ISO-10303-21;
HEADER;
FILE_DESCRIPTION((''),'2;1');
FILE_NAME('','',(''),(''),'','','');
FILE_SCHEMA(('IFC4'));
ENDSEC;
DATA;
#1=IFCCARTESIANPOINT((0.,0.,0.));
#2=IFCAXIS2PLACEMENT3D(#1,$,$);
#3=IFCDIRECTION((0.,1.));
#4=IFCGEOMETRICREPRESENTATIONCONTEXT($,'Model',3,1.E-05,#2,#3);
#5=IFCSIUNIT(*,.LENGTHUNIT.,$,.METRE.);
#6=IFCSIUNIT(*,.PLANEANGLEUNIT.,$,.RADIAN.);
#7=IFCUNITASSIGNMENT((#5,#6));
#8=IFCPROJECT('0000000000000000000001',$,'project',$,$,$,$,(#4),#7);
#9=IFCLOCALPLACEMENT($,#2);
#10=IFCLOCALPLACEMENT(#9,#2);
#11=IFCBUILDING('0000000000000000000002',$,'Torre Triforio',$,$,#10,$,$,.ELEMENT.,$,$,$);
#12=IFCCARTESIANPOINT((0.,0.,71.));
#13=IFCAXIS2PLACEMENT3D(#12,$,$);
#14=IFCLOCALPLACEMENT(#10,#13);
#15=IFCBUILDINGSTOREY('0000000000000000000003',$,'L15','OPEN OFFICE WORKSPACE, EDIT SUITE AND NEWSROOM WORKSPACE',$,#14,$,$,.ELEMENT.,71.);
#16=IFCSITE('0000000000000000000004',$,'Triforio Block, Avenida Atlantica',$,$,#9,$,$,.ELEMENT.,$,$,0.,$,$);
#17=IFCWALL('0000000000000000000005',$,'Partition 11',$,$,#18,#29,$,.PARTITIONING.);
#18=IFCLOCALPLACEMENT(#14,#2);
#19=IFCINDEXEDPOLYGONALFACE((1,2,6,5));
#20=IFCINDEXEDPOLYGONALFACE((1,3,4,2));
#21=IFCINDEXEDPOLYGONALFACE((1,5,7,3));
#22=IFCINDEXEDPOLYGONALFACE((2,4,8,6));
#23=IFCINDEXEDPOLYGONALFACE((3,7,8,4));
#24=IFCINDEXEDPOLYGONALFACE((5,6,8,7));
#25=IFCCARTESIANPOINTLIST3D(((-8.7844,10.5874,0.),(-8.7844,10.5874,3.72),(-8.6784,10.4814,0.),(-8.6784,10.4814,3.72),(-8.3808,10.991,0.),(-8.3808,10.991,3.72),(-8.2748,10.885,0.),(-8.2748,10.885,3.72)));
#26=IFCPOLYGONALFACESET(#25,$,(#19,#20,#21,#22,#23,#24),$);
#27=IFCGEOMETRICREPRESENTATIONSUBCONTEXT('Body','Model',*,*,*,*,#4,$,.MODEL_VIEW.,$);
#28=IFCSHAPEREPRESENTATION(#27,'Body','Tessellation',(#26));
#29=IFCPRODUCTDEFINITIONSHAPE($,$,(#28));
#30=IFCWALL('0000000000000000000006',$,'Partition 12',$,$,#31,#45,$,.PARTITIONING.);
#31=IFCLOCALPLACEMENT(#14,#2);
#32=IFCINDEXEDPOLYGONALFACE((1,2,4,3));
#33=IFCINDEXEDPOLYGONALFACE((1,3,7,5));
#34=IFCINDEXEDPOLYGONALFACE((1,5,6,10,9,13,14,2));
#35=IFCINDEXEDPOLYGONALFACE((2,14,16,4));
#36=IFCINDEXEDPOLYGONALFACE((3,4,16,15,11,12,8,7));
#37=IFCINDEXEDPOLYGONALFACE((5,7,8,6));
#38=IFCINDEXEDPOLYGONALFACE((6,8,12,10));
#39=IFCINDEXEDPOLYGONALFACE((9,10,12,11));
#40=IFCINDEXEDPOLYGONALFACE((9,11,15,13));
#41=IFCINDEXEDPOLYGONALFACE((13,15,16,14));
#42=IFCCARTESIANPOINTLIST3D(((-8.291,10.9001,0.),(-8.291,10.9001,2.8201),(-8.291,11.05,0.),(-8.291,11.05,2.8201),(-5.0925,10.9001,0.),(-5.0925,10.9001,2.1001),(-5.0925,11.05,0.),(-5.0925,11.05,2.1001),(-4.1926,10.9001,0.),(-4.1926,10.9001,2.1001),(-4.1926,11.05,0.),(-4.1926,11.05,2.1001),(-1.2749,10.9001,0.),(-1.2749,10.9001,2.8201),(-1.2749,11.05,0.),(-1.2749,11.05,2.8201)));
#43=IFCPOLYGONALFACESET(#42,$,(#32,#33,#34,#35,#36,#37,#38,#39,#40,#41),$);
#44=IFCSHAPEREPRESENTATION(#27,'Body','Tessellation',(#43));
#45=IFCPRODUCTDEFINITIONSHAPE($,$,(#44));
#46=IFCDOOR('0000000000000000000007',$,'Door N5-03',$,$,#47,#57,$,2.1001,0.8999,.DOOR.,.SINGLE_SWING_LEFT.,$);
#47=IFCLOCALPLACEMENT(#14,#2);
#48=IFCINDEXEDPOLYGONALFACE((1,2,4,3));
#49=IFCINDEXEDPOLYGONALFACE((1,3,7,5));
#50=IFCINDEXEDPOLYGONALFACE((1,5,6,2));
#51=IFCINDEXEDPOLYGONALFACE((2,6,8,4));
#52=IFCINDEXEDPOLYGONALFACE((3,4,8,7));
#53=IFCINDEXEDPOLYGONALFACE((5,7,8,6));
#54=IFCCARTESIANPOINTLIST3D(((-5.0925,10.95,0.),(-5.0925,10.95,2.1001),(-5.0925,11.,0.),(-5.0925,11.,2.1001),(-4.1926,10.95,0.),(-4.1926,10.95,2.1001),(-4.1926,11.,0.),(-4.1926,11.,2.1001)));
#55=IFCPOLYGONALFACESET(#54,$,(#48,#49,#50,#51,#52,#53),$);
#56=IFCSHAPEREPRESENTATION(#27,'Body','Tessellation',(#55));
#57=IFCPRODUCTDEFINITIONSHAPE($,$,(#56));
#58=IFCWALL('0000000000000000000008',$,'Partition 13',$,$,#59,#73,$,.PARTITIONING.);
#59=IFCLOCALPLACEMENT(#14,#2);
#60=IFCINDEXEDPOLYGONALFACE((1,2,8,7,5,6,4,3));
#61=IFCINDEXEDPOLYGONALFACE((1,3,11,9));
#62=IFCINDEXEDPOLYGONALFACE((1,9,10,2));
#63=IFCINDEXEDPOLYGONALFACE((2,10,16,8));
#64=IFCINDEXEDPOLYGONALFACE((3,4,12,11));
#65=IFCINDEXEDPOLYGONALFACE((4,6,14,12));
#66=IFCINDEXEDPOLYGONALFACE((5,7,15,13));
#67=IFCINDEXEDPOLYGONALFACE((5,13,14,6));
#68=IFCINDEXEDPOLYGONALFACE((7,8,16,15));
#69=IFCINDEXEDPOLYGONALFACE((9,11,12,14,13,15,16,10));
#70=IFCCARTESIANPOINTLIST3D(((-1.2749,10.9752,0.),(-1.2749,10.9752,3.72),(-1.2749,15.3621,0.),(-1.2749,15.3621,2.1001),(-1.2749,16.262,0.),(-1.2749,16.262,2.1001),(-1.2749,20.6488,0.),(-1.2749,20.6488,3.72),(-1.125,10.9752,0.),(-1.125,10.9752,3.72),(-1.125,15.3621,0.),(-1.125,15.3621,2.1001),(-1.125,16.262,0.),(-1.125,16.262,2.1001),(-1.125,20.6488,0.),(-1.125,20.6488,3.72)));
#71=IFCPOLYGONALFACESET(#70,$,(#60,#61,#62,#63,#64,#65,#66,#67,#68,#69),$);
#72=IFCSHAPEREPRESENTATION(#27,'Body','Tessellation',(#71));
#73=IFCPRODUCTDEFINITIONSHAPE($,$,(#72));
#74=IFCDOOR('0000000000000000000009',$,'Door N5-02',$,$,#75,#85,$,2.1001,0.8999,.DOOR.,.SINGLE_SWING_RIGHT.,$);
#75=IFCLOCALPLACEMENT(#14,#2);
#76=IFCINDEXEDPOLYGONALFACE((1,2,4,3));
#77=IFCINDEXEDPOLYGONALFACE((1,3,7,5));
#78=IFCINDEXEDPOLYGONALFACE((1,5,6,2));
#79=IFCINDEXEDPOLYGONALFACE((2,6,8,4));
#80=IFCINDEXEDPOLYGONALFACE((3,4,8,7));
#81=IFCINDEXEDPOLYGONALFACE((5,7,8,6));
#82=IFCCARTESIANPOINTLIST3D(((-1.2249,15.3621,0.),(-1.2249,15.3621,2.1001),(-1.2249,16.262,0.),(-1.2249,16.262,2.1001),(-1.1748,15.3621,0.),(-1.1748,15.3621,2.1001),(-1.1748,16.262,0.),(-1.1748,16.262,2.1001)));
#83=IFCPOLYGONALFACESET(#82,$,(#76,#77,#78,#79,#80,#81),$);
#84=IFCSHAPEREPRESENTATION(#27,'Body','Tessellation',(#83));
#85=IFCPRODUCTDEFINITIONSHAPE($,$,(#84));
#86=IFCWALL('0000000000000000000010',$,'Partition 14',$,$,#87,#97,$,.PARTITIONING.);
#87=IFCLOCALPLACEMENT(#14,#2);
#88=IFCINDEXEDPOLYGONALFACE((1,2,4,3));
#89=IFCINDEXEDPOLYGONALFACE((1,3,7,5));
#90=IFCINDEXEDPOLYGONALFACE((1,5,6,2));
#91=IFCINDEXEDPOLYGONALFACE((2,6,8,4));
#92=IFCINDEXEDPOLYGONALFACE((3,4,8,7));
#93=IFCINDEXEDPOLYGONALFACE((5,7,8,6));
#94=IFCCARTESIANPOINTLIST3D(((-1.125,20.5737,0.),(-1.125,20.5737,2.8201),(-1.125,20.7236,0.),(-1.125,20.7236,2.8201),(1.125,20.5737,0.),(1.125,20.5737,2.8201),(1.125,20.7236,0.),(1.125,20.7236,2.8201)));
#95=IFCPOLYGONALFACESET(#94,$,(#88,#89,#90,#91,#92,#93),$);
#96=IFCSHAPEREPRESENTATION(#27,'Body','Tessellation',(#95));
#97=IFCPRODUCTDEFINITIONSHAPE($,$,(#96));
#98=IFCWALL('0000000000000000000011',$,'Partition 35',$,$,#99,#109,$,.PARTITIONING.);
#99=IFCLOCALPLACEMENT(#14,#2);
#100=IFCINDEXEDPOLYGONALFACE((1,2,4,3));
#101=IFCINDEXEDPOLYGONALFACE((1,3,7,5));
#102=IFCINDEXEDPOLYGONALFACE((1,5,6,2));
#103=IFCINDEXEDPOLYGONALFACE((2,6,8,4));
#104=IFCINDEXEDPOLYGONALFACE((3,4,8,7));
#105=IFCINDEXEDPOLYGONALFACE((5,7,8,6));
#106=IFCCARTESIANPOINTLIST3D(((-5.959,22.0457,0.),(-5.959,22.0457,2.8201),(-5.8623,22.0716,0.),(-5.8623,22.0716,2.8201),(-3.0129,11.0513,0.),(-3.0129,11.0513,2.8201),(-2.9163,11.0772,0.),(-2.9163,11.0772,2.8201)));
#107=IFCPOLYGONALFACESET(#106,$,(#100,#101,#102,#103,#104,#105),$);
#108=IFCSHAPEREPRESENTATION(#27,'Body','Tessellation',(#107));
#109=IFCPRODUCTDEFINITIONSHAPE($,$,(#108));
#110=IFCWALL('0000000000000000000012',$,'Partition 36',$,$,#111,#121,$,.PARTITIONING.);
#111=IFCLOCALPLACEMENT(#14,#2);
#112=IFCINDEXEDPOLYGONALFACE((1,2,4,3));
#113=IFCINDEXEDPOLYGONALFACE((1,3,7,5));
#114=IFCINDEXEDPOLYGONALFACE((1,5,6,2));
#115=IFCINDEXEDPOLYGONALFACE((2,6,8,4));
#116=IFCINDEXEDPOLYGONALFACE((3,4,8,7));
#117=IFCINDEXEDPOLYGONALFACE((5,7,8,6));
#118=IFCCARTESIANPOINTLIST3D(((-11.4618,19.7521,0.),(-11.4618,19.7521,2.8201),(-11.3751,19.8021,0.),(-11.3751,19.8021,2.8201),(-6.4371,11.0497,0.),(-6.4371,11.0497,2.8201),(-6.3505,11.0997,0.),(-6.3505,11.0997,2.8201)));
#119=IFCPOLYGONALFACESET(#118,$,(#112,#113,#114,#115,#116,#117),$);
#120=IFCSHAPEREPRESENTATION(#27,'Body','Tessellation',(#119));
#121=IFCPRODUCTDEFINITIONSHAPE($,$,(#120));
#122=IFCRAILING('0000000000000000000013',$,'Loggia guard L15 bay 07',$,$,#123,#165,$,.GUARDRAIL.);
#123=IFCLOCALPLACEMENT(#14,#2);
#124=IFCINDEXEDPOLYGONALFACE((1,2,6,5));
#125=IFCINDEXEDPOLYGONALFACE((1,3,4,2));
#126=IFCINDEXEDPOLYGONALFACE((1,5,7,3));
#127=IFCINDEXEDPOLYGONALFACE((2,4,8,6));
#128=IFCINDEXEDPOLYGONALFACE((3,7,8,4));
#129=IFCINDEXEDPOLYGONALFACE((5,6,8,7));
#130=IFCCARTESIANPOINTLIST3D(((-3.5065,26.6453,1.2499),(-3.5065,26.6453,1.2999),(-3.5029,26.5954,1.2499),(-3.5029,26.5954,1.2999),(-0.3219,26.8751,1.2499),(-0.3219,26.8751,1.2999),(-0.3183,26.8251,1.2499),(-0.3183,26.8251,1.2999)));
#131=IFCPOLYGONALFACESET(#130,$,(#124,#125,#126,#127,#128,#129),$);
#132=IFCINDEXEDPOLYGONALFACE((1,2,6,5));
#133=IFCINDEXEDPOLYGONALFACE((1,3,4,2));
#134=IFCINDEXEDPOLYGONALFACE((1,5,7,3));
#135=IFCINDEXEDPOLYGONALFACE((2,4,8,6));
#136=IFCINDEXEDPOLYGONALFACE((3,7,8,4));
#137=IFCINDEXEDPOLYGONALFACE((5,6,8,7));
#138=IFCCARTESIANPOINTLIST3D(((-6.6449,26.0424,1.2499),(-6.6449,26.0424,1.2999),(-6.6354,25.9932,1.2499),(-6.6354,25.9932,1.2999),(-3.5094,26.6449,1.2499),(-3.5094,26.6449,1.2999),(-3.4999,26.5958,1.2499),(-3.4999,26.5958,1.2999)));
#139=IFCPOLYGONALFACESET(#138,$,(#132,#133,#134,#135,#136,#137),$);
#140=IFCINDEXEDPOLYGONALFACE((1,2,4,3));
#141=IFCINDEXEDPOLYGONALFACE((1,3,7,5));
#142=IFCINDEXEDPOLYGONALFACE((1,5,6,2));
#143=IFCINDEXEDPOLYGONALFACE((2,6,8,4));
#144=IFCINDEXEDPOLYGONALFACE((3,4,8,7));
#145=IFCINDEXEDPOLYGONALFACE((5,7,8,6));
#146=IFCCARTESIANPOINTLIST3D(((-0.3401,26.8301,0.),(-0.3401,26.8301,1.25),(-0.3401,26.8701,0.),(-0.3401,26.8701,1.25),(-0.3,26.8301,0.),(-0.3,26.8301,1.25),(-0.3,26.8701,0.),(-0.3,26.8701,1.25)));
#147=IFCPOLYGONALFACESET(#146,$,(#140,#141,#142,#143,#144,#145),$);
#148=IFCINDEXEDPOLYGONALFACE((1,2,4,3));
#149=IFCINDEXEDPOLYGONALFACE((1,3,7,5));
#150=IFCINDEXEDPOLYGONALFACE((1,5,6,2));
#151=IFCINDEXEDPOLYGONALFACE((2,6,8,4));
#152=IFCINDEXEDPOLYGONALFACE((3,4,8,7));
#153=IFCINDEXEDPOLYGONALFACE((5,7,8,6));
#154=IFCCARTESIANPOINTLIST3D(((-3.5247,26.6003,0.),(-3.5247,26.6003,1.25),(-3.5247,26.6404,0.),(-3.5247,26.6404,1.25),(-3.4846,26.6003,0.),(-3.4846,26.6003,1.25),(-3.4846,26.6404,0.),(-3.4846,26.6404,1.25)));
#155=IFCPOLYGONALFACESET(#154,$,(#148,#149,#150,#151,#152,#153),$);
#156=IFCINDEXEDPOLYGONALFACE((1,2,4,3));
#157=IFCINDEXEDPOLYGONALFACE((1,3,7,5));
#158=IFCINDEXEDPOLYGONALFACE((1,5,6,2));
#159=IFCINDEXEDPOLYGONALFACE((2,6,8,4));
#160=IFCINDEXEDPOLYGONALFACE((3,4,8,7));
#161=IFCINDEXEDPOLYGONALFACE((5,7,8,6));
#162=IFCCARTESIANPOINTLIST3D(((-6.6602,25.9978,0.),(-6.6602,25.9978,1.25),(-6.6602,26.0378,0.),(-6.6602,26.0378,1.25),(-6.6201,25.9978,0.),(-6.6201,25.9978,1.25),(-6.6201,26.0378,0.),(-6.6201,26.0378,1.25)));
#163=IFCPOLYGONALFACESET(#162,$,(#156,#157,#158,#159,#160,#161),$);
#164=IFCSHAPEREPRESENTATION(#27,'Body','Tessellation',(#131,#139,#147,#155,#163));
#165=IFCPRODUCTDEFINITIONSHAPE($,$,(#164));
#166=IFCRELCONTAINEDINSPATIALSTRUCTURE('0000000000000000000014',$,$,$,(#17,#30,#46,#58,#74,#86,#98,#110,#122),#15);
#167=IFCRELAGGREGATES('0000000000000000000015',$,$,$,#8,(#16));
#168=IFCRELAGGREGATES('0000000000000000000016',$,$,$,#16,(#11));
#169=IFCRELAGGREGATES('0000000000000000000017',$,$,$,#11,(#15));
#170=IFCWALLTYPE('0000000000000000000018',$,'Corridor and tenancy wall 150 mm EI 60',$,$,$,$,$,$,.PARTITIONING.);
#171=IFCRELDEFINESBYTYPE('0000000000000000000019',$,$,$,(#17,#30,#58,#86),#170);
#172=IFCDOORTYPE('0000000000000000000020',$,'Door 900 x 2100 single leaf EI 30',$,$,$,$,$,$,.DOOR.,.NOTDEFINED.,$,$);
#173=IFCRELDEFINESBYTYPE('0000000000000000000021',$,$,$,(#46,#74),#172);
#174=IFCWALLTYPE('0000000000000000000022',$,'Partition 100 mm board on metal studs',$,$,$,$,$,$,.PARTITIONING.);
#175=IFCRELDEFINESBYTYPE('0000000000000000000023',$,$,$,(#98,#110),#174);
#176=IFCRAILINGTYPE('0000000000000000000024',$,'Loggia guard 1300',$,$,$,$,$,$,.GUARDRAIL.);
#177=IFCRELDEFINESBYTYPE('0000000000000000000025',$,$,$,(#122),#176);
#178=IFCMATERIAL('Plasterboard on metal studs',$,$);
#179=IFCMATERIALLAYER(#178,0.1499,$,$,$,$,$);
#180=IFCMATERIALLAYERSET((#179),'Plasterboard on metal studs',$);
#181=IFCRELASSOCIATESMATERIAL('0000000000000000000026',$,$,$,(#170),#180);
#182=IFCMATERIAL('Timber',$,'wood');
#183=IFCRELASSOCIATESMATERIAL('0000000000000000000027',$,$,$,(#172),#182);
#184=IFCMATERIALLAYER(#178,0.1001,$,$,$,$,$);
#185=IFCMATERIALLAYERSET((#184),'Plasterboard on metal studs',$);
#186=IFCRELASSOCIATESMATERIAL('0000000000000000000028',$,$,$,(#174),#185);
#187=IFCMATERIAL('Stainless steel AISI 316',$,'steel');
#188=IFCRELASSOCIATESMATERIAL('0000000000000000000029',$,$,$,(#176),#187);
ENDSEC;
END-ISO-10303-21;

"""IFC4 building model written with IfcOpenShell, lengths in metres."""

from ifc_helpers import new_model, si_unit, direction, frame, frame_2d, origin, origin_2d, place, context, subcontext, project, spatial, rectangle, extrude, material, layer, layer_set, type_object, element, fill, save


model = new_model("IFC4")

# Units and contexts
model_context = context("Model", 3, precision=1e-05, world=origin(), true_north=direction((0.0, 1.0)))
body_context = subcontext(model_context, "Body", "Model", "MODEL_VIEW")
ifc_project = project(units=[si_unit("LENGTHUNIT", "METRE"), si_unit("PLANEANGLEUNIT", "RADIAN")], contexts=[model_context])

# Site, building, storey
site_placement = place(None, origin())
site = spatial("IfcSite", under=ifc_project, at=site_placement, Name="Triforio Block, Avenida Atlantica", CompositionType="ELEMENT", RefElevation=0.0)
building_placement = place(site_placement, origin())
building = spatial("IfcBuilding", under=site, at=building_placement, Name="Torre Triforio", CompositionType="ELEMENT")
storey_placement = place(building_placement, frame((0.0, 0.0, 71.0)))
storey = spatial("IfcBuildingStorey", under=building, at=storey_placement, Name="L15", Description="OPEN OFFICE WORKSPACE, EDIT SUITE AND NEWSROOM WORKSPACE", CompositionType="ELEMENT", Elevation=71.0)

# Shared definitions
ifc_material_1 = material(Name="Plasterboard on metal studs")
ifc_layer_1 = layer(ifc_material_1, 0.1499)
ifc_layer_set_1 = layer_set([ifc_layer_1], Name="Plasterboard on metal studs")
wall_type_1 = type_object("IfcWallType", Name="Corridor and tenancy wall 150 mm EI 60", PredefinedType="PARTITIONING", material=ifc_layer_set_1)
ifc_material_2 = material(Name="Timber", Category="wood")

# Wall
wall_1_placement = place(storey_placement, frame((-8.7314, 10.5344, 0.0), z_axis=(0.0, 0.0, 1.0), x_axis=(0.707107, 0.707107, 0.0)))
element("IfcWall", 1, at=wall_1_placement, inside=storey, type_object=wall_type_1, Name="Partition 11", PredefinedType="PARTITIONING", context=body_context, shape_type="SweptSolid", body=[
    extrude(rectangle(XDim=0.5708, YDim=0.1499, at=frame_2d((0.2854, 0.0))), origin(), (0.0, 0.0, 1.0), 3.72),
])

# Walls, openings, doors
wall_2_placement = place(storey_placement, frame((-8.291, 10.9751, 0.0), z_axis=(0.0, 0.0, 1.0), x_axis=(1.0, 0.0, 0.0)))
wall_2 = element("IfcWall", 2, at=wall_2_placement, inside=storey, type_object=wall_type_1, Name="Partition 12", PredefinedType="PARTITIONING", context=body_context, shape_type="SweptSolid", body=[
    extrude(rectangle(XDim=7.0161, YDim=0.1499, at=frame_2d((3.5081, 0.0))), origin(), (0.0, 0.0, 1.0), 2.8201),
])
opening_1_placement = place(wall_2_placement, frame((3.1985, 0.0, 0.0)))
opening_1 = element("IfcOpeningElement", 3, at=opening_1_placement, cuts=wall_2, PredefinedType="OPENING", context=body_context, shape_type="SweptSolid", body=[
    extrude(rectangle(XDim=0.8999, YDim=2.1001, at=frame_2d((0.45, 1.05))), frame((0.0, 0.085, 0.0), z_axis=(0.0, -1.0, 0.0), x_axis=(1.0, 0.0, 0.0)), (0.0, 0.0, 1.0), 0.1699),
])
door_type_1 = type_object("IfcDoorType", Name="Door 900 x 2100 single leaf EI 30", OperationType="NOTDEFINED", PredefinedType="DOOR", material=ifc_material_2)
door_1_placement = place(opening_1_placement, origin())
door_1 = element("IfcDoor", 4, at=door_1_placement, inside=storey, type_object=door_type_1, Name="Door N5-03", OperationType="SINGLE_SWING_LEFT", OverallHeight=2.1001, OverallWidth=0.8999, PredefinedType="DOOR", context=body_context, shape_type="SweptSolid", body=[
    extrude(rectangle(XDim=0.8999, YDim=2.1001, at=frame_2d((0.45, 1.05))), frame((0.0, 0.0249, 0.0), z_axis=(0.0, -1.0, 0.0), x_axis=(1.0, 0.0, 0.0)), (0.0, 0.0, 1.0), 0.05),
])
fill(opening_1, door_1)
wall_3_placement = place(storey_placement, frame((-1.2, 10.9751, 0.0), z_axis=(0.0, 0.0, 1.0), x_axis=(0.0, 1.0, 0.0)))
wall_3 = element("IfcWall", 5, at=wall_3_placement, inside=storey, type_object=wall_type_1, Name="Partition 13", PredefinedType="PARTITIONING", context=body_context, shape_type="SweptSolid", body=[
    extrude(rectangle(XDim=9.6736, YDim=0.1499, at=frame_2d((4.8369, 0.0))), origin(), (0.0, 0.0, 1.0), 3.72),
])
opening_2_placement = place(wall_3_placement, frame((4.387, 0.0, 0.0)))
opening_2 = element("IfcOpeningElement", 6, at=opening_2_placement, cuts=wall_3, PredefinedType="OPENING", context=body_context, shape_type="SweptSolid", body=[
    extrude(rectangle(XDim=0.8999, YDim=2.1001, at=frame_2d((0.45, 1.05))), frame((0.0, 0.085, 0.0), z_axis=(0.0, -1.0, 0.0), x_axis=(1.0, 0.0, 0.0)), (0.0, 0.0, 1.0), 0.1699),
])
door_2_placement = place(opening_2_placement, origin())
door_2 = element("IfcDoor", 7, at=door_2_placement, inside=storey, type_object=door_type_1, Name="Door N5-02", OperationType="SINGLE_SWING_RIGHT", OverallHeight=2.1001, OverallWidth=0.8999, PredefinedType="DOOR", context=body_context, shape_type="SweptSolid", body=[
    extrude(rectangle(XDim=0.8999, YDim=2.1001, at=frame_2d((0.45, 1.05))), frame((0.0, 0.0249, 0.0), z_axis=(0.0, -1.0, 0.0), x_axis=(1.0, 0.0, 0.0)), (0.0, 0.0, 1.0), 0.05),
])
fill(opening_2, door_2)

# Walls
wall_4_placement = place(storey_placement, frame((-1.125, 20.6487, 0.0), z_axis=(0.0, 0.0, 1.0), x_axis=(1.0, 0.0, 0.0)))
element("IfcWall", 8, at=wall_4_placement, inside=storey, type_object=wall_type_1, Name="Partition 14", PredefinedType="PARTITIONING", context=body_context, shape_type="SweptSolid", body=[
    extrude(rectangle(XDim=2.25, YDim=0.1499, at=frame_2d((1.125, 0.0))), origin(), (0.0, 0.0, 1.0), 2.8201),
])
ifc_layer_2 = layer(ifc_material_1, 0.1001)
ifc_layer_set_2 = layer_set([ifc_layer_2], Name="Plasterboard on metal studs")
wall_type_2 = type_object("IfcWallType", Name="Partition 100 mm board on metal studs", PredefinedType="PARTITIONING", material=ifc_layer_set_2)
wall_5_placement = place(storey_placement, frame((-2.9646, 11.0642, 0.0), z_axis=(0.0, 0.0, 1.0), x_axis=(-0.258828, 0.965923, 0.0)))
element("IfcWall", 9, at=wall_5_placement, inside=storey, type_object=wall_type_2, Name="Partition 35", PredefinedType="PARTITIONING", context=body_context, shape_type="SweptSolid", body=[
    extrude(rectangle(XDim=11.3823, YDim=0.1001, at=frame_2d((5.6912, 0.0))), origin(), (0.0, 0.0, 1.0), 2.8201),
])
wall_6_placement = place(storey_placement, frame((-6.3938, 11.0747, 0.0), z_axis=(0.0, 0.0, 1.0), x_axis=(-0.500025, 0.866011, 0.0)))
element("IfcWall", 10, at=wall_6_placement, inside=storey, type_object=wall_type_2, Name="Partition 36", PredefinedType="PARTITIONING", context=body_context, shape_type="SweptSolid", body=[
    extrude(rectangle(XDim=10.0488, YDim=0.1001, at=frame_2d((5.0244, 0.0))), origin(), (0.0, 0.0, 1.0), 2.8201),
])

# Railing
ifc_material_3 = material(Name="Stainless steel AISI 316", Category="steel")
railing_type = type_object("IfcRailingType", Name="Loggia guard 1300", PredefinedType="GUARDRAIL", material=ifc_material_3)
railing_1_placement = place(storey_placement, frame((-0.3201, 26.8501, 0.0)))
element("IfcRailing", 11, at=railing_1_placement, inside=storey, type_object=railing_type, Name="Loggia guard L15 bay 07", PredefinedType="GUARDRAIL", context=body_context, shape_type="SweptSolid", body=[
    extrude(rectangle(XDim=0.05, YDim=0.05, at=origin_2d()), frame((0.0, 0.0, 1.2749), z_axis=(-0.997408, -0.071953, 0.0), x_axis=(0.071953, -0.997408, 0.0)), (0.0, 0.0, 1.0), 3.1929),
    extrude(rectangle(XDim=0.05, YDim=0.05, at=origin_2d()), frame((-3.1846, -0.2297, 1.2749), z_axis=(-0.982032, -0.188714, 0.0), x_axis=(0.188714, -0.982032, 0.0)), (0.0, 0.0, 1.0), 3.1929),
    extrude(rectangle(XDim=0.04, YDim=0.04, at=origin_2d()), origin(), (0.0, 0.0, 1.0), 1.25),
    extrude(rectangle(XDim=0.04, YDim=0.04, at=origin_2d()), frame((-3.1846, -0.2297, 0.0)), (0.0, 0.0, 1.0), 1.25),
    extrude(rectangle(XDim=0.04, YDim=0.04, at=origin_2d()), frame((-6.3201, -0.8323, 0.0)), (0.0, 0.0, 1.0), 1.25),
])

save(model, "model.ifc")
